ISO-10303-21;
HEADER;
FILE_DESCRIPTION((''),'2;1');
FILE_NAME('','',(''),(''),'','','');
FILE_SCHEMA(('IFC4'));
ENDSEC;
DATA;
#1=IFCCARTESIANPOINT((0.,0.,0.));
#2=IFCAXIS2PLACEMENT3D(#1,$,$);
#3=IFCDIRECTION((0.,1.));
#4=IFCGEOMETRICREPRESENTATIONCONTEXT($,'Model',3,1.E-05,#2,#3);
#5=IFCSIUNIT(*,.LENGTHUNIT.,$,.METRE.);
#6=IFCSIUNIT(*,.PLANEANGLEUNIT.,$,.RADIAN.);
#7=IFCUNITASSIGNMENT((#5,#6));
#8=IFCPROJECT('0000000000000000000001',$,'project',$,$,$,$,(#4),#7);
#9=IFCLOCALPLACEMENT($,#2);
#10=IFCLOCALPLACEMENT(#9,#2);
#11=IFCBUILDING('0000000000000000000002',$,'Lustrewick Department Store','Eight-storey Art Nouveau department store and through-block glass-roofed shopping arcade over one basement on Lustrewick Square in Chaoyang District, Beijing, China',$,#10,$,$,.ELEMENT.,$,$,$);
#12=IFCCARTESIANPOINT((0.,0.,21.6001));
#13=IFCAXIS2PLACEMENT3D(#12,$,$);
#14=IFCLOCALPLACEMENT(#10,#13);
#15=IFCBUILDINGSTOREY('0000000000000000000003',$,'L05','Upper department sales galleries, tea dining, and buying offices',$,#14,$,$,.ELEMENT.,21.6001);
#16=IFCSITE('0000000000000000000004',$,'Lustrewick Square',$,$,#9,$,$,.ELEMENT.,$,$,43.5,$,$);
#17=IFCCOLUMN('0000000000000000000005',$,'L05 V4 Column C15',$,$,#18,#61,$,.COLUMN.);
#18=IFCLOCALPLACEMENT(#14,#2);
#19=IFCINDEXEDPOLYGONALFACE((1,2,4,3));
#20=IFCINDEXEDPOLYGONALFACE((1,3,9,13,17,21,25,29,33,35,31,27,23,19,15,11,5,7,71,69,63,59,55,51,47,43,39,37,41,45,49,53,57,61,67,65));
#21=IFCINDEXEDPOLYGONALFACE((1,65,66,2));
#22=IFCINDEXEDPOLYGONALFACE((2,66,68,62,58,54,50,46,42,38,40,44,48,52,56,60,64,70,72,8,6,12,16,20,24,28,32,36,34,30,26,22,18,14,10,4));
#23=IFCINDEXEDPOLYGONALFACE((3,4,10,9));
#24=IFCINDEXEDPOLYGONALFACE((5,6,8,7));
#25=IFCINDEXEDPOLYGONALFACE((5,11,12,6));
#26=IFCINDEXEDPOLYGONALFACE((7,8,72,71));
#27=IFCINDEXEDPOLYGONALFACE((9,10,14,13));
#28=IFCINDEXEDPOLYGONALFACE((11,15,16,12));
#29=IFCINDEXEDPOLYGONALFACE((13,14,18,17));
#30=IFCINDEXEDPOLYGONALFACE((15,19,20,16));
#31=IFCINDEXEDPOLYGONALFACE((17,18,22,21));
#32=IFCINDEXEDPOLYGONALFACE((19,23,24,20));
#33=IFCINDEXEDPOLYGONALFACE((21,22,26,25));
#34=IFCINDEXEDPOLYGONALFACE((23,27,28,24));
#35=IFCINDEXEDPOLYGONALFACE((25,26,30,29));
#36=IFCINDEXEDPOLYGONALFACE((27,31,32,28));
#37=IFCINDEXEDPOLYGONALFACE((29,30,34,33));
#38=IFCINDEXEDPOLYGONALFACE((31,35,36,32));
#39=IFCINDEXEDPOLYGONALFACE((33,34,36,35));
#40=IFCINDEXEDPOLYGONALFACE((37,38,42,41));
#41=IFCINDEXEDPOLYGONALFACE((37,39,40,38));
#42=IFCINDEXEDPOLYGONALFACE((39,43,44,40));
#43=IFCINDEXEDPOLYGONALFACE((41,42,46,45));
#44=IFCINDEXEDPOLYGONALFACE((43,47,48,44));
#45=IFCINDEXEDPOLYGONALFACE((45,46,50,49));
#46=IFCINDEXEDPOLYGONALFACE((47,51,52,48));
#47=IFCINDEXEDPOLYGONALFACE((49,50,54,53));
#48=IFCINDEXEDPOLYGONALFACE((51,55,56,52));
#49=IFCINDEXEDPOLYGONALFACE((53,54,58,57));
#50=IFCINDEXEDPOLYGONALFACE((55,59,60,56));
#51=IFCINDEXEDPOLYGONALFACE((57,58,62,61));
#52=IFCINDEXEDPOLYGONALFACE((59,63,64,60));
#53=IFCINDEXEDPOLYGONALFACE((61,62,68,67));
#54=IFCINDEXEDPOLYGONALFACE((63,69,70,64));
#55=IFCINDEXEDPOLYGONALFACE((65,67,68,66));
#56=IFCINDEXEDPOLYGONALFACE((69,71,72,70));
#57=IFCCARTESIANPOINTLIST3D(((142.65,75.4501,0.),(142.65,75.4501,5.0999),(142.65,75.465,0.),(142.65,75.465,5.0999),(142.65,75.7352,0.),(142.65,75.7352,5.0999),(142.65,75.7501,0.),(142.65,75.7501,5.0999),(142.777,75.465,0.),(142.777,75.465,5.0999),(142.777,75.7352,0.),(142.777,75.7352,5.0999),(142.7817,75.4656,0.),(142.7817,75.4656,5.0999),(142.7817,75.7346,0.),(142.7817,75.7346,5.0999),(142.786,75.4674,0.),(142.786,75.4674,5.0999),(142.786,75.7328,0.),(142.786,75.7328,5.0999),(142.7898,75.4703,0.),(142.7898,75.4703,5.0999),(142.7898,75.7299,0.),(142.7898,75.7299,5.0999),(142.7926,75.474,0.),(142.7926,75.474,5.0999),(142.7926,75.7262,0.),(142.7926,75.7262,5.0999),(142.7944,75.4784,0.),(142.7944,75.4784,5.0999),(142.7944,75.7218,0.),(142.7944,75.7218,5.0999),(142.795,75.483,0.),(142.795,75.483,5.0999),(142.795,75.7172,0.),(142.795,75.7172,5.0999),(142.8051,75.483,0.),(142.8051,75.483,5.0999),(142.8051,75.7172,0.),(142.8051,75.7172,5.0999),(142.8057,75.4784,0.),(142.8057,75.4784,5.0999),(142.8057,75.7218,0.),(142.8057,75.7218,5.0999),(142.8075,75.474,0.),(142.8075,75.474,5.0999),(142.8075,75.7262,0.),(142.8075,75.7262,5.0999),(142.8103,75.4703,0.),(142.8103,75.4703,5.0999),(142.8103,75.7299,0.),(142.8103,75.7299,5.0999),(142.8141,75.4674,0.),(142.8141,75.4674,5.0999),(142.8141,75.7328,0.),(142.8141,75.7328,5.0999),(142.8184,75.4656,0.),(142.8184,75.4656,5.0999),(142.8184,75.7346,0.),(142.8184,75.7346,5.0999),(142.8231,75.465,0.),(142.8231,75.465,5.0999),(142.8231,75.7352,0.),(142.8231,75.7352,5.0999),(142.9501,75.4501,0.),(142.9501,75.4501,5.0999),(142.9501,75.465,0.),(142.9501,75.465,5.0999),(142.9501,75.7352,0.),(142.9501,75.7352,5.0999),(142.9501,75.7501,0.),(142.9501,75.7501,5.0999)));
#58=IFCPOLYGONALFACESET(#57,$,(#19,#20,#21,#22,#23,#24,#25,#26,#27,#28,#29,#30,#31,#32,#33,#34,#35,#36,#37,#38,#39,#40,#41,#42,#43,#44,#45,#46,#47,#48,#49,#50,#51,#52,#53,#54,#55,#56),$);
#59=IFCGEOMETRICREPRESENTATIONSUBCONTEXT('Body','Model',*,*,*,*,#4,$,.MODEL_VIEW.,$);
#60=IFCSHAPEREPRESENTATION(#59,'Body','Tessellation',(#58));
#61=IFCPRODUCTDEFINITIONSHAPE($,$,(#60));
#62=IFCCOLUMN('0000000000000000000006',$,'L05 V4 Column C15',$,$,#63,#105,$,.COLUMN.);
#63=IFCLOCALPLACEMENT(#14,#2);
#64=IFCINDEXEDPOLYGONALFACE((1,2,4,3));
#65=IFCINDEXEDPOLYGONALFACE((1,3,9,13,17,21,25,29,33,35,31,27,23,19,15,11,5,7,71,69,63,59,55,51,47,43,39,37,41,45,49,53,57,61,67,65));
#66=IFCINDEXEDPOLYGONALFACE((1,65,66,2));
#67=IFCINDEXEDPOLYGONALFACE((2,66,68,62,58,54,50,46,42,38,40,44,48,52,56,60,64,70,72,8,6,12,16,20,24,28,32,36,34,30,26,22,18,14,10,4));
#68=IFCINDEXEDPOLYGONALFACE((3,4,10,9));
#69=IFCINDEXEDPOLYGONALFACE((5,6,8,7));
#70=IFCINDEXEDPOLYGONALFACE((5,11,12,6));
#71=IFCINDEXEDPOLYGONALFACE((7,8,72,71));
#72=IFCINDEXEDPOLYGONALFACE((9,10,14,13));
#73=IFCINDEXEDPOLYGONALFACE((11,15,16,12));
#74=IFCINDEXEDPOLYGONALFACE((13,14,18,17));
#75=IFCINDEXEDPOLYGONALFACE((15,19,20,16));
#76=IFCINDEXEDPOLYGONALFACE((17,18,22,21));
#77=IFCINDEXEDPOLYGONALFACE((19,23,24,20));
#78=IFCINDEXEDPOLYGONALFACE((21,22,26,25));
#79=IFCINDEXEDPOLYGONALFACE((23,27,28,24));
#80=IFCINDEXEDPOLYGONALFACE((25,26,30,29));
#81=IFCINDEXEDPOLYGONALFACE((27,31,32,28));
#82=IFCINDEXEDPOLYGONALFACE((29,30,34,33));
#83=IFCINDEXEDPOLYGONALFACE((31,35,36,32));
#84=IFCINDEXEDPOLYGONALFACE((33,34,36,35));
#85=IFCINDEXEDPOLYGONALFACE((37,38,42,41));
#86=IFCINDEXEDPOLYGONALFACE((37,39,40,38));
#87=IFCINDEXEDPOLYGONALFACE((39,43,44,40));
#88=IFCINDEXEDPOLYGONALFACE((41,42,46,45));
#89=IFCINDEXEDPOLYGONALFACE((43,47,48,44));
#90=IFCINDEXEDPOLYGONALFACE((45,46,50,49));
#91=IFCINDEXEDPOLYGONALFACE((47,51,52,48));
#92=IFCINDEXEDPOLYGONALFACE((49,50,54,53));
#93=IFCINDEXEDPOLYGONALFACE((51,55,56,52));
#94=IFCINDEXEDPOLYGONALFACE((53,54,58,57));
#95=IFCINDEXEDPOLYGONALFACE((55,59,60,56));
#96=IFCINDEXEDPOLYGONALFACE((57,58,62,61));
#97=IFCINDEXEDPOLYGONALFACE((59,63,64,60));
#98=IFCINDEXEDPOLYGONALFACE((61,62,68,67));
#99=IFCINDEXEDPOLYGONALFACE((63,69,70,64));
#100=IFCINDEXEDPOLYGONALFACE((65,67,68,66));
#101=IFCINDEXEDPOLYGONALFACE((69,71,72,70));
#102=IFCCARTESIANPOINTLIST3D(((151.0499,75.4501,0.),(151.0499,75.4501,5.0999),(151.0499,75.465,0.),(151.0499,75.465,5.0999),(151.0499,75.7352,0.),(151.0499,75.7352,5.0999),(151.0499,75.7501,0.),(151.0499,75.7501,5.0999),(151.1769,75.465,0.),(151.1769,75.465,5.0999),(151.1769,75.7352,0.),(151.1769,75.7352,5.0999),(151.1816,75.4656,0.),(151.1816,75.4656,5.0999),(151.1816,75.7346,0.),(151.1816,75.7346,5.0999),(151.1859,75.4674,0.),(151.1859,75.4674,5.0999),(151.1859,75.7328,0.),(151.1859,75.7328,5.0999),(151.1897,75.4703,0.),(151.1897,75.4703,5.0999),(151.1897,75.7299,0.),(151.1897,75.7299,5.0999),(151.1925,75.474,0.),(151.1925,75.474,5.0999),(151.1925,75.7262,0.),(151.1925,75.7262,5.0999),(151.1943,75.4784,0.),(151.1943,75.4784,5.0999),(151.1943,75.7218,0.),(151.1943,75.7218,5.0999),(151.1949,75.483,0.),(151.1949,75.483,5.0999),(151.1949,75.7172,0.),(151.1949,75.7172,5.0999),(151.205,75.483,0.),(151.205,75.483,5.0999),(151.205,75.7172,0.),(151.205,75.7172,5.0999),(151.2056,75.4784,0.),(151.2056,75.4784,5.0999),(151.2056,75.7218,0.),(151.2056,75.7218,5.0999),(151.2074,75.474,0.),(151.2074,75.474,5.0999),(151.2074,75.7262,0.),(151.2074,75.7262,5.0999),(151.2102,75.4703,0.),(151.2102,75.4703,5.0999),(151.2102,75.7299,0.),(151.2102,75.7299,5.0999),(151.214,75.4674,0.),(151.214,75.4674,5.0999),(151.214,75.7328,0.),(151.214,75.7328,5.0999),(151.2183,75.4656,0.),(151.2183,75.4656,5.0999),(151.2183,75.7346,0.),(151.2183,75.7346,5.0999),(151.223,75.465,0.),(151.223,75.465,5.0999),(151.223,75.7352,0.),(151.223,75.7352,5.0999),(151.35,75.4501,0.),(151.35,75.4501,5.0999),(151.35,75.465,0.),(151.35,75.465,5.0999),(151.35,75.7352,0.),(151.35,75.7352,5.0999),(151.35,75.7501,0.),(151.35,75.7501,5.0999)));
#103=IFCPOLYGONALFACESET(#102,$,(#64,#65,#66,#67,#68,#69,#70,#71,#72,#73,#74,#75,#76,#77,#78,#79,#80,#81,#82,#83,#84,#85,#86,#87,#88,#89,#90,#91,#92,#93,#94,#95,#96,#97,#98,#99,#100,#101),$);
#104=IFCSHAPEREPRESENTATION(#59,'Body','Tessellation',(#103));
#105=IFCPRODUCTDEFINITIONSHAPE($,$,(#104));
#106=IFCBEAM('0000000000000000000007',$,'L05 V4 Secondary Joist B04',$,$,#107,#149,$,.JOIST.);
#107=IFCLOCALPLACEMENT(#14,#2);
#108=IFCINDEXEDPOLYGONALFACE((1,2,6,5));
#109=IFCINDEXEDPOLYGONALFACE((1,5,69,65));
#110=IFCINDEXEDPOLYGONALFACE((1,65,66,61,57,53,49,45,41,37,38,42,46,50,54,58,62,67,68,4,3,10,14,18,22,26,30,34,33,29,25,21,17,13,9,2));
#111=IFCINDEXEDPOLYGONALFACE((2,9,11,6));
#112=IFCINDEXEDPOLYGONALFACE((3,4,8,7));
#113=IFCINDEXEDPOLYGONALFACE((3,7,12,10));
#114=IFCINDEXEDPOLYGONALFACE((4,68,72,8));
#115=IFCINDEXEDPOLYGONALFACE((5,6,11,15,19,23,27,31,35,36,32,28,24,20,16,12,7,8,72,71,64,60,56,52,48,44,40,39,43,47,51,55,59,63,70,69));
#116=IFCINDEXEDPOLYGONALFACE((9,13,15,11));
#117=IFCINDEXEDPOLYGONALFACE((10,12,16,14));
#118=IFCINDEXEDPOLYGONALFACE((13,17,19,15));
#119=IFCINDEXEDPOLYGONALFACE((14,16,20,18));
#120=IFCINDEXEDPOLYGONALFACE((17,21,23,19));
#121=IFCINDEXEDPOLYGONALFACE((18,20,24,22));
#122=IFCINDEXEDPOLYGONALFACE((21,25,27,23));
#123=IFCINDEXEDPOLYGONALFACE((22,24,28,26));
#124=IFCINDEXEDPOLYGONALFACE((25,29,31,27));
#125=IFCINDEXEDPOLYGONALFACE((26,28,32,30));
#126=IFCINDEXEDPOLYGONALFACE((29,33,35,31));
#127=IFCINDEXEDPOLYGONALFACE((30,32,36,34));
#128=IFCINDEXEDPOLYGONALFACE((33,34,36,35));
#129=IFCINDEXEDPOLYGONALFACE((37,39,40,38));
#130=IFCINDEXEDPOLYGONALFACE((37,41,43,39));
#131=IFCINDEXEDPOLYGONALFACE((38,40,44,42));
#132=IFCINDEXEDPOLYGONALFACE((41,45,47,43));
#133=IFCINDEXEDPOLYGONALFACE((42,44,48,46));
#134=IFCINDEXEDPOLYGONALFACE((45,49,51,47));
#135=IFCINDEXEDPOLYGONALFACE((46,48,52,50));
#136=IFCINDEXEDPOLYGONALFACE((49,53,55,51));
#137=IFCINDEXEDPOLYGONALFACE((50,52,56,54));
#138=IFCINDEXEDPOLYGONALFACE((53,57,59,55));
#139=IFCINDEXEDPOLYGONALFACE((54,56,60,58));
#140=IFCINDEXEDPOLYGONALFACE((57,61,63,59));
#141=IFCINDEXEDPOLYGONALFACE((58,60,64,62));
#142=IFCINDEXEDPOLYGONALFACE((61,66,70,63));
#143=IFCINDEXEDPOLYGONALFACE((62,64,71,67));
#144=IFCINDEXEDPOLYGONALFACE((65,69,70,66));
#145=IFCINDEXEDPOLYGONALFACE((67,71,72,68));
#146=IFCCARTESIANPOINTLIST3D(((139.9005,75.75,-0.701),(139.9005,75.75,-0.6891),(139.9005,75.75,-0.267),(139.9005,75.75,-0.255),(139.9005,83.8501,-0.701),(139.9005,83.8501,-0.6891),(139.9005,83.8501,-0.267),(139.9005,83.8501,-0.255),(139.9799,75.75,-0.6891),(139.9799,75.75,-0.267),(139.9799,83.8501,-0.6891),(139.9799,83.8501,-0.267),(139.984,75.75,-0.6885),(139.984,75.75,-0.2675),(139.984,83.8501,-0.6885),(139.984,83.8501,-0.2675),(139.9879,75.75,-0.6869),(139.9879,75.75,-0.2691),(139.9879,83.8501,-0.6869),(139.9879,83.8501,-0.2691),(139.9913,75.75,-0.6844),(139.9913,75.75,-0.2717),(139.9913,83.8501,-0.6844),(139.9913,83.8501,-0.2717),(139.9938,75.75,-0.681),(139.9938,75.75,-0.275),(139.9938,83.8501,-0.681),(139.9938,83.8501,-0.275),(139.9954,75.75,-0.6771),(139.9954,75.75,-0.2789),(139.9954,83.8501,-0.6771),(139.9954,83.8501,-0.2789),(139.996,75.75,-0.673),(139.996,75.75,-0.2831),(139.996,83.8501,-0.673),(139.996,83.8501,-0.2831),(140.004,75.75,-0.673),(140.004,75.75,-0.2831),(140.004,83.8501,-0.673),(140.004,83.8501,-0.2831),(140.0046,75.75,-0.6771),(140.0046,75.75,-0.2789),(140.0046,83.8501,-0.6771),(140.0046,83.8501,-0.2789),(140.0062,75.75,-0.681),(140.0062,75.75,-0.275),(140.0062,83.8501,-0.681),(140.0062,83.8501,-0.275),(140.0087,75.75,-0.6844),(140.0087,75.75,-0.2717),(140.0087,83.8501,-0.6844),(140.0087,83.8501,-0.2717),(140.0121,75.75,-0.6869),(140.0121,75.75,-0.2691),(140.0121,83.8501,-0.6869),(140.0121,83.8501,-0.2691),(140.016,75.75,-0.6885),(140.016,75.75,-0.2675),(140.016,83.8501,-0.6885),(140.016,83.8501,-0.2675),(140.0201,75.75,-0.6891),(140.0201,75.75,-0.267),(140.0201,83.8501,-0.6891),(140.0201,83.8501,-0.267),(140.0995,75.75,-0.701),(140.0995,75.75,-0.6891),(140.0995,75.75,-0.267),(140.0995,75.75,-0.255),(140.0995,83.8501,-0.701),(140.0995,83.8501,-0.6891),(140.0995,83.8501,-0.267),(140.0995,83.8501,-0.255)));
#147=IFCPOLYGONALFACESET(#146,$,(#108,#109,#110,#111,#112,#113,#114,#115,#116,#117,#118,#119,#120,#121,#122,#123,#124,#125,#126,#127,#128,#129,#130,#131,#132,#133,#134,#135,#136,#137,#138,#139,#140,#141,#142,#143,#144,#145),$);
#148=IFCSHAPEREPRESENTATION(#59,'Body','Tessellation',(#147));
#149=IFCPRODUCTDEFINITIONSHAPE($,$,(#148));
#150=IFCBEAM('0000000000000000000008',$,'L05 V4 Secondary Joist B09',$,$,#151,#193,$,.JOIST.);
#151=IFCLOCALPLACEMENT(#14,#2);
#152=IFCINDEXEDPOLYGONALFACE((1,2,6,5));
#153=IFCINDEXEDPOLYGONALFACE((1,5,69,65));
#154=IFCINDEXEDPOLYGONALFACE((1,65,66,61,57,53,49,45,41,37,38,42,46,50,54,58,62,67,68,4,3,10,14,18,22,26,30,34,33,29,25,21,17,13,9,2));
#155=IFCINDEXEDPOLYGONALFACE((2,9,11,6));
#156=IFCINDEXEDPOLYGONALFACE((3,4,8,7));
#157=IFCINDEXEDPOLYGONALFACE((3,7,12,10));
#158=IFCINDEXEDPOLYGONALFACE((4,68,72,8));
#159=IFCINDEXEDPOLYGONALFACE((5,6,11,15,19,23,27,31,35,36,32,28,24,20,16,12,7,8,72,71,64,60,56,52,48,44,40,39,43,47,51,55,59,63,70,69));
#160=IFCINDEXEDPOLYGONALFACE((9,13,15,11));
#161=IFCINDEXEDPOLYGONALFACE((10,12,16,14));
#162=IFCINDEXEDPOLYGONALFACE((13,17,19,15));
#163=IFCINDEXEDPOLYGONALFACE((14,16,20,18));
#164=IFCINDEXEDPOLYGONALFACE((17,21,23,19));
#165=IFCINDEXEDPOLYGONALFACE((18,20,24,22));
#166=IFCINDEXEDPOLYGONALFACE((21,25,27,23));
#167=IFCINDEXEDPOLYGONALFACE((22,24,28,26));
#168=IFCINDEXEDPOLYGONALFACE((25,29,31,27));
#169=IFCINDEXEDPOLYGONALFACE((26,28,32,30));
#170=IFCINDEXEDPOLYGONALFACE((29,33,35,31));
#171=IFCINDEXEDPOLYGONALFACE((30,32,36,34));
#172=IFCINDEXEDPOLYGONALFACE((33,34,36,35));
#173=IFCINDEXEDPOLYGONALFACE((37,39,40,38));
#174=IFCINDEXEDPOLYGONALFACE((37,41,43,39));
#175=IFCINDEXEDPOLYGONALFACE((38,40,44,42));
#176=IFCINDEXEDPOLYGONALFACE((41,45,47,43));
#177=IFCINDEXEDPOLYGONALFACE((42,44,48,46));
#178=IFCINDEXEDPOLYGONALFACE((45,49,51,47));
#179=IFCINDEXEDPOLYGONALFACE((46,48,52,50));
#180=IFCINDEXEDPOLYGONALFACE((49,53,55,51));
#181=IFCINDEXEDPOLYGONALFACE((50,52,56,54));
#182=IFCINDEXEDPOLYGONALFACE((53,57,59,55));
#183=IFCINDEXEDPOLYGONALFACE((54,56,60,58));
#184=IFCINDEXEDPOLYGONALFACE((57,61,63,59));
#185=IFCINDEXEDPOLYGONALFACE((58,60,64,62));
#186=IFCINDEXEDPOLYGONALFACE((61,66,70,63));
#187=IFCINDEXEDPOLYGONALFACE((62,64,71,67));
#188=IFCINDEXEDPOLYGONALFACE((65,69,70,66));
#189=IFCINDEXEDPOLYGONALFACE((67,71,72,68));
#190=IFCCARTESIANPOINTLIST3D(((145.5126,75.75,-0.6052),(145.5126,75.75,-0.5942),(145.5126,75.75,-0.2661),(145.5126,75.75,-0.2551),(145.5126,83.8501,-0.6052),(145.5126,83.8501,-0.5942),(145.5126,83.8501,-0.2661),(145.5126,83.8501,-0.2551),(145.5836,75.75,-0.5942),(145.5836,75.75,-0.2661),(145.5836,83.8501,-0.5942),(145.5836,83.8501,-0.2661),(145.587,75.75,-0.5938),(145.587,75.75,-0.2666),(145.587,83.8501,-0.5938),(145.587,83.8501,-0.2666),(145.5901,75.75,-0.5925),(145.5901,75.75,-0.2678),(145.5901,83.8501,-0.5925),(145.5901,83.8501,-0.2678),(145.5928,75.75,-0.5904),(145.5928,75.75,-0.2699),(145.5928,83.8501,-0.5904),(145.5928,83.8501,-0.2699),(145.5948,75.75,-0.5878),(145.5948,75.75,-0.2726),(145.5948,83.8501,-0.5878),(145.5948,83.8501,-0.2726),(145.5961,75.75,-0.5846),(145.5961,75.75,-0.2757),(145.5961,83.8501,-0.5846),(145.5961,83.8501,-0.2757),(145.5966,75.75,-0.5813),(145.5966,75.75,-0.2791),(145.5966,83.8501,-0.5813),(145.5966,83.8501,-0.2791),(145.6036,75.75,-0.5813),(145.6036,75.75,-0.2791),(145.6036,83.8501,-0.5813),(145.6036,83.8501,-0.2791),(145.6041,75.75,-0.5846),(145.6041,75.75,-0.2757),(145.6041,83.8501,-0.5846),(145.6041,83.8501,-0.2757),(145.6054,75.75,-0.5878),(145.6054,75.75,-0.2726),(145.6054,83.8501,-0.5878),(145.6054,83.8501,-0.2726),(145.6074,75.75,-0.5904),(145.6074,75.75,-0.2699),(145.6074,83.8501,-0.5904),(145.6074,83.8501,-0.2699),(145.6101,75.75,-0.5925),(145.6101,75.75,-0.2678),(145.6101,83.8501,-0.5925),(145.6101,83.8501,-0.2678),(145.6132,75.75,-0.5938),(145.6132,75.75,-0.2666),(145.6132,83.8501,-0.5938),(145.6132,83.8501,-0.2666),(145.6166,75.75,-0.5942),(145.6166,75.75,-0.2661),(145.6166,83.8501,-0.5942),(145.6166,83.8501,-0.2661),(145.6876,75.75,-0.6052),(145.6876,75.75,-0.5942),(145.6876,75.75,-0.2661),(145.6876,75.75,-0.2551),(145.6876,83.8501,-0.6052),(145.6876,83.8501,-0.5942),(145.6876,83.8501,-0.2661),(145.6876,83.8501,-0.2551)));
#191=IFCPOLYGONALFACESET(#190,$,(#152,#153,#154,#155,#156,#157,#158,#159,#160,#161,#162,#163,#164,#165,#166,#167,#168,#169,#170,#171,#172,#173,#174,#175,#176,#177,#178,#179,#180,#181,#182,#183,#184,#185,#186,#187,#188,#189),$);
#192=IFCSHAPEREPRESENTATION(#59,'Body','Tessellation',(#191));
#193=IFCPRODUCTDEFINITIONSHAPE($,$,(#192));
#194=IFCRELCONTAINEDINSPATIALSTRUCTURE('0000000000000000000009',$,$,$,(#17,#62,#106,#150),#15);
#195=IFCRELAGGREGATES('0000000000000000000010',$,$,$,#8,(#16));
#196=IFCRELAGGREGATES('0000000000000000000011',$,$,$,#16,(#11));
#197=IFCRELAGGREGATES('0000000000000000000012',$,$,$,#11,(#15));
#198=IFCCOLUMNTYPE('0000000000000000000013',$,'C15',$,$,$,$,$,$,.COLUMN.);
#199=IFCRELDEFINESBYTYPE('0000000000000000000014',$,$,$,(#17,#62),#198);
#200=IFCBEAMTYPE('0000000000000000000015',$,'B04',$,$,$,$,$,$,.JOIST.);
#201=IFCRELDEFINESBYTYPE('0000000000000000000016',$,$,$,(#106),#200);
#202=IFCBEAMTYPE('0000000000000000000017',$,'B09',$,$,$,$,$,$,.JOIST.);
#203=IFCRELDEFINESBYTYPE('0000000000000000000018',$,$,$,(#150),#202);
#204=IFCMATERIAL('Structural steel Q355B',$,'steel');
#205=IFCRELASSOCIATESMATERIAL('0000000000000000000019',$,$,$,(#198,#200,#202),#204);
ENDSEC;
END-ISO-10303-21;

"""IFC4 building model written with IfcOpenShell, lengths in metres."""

from ifc_helpers import new_model, si_unit, direction, frame, origin, origin_2d, place, context, subcontext, project, spatial, i_section, extrude, material, material_profile, profile_set, type_object, element, save


model = new_model("IFC4")

# Units and contexts
model_context = context("Model", 3, precision=1e-05, world=origin(), true_north=direction((0.0, 1.0)))
body_context = subcontext(model_context, "Body", "Model", "MODEL_VIEW")
ifc_project = project(units=[si_unit("LENGTHUNIT", "METRE"), si_unit("PLANEANGLEUNIT", "RADIAN")], contexts=[model_context])

# Site, building, storey
site_placement = place(None, origin())
site = spatial("IfcSite", under=ifc_project, at=site_placement, Name="Lustrewick Square", CompositionType="ELEMENT", RefElevation=43.5)
building_placement = place(site_placement, origin())
building = spatial("IfcBuilding", under=site, at=building_placement, Name="Lustrewick Department Store", Description="Eight-storey Art Nouveau department store and through-block glass-roofed shopping arcade over one basement on Lustrewick Square in Chaoyang District, Beijing, China", CompositionType="ELEMENT")
storey_placement = place(building_placement, frame((0.0, 0.0, 21.6001)))
storey = spatial("IfcBuildingStorey", under=building, at=storey_placement, Name="L05", Description="Upper department sales galleries, tea dining, and buying offices", CompositionType="ELEMENT", Elevation=21.6001)

# Columns
ifc_material_1 = material(Name="Structural steel Q355B", Category="steel")
ifc_material_profile_1 = material_profile(ifc_material_1, i_section(OverallWidth=0.3, OverallDepth=0.3, WebThickness=0.01, FlangeThickness=0.0149, FilletRadius=0.0181, at=origin_2d()), Name="HW 300x300x10x15")
ifc_profile_set_1 = profile_set([ifc_material_profile_1], Name="Structural steel Q355B")
column_type = type_object("IfcColumnType", Name="C15", PredefinedType="COLUMN", material=ifc_profile_set_1)
for number, where, z_axis, x_axis, name in (
    (1, (142.8, 75.6001, 0.0), (0.0, 0.0, 1.0), (1.0, 0.0, 0.0), "L05 V4 Column C15"),
    (2, (151.2, 75.6001, 0.0), (0.0, 0.0, 1.0), (1.0, 0.0, 0.0), "L05 V4 Column C15"),
):
    element("IfcColumn", number, at=place(storey_placement, frame(where, z_axis=z_axis, x_axis=x_axis)), inside=storey, type_object=column_type, Name=name, PredefinedType="COLUMN", context=body_context, shape_type="SweptSolid", body=[
        extrude(i_section(OverallWidth=0.3, OverallDepth=0.3, WebThickness=0.01, FlangeThickness=0.0149, FilletRadius=0.0181, at=origin_2d()), origin(), (0.0, 0.0, 1.0), 5.0999),
    ])

# Beams
ifc_material_profile_2 = material_profile(ifc_material_1, i_section(OverallWidth=0.199, OverallDepth=0.446, WebThickness=0.0081, FlangeThickness=0.012, FilletRadius=0.0161, at=origin_2d()), Name="HN 446x199x8x12")
ifc_profile_set_2 = profile_set([ifc_material_profile_2], Name="Structural steel Q355B")
beam_type_1 = type_object("IfcBeamType", Name="B04", PredefinedType="JOIST", material=ifc_profile_set_2)
beam_1_placement = place(storey_placement, frame((140.0, 75.75, -0.478), z_axis=(0.0, 1.0, 0.0), x_axis=(-1.0, 0.0, 0.0)))
element("IfcBeam", 3, at=beam_1_placement, inside=storey, type_object=beam_type_1, Name="L05 V4 Secondary Joist B04", PredefinedType="JOIST", context=body_context, shape_type="SweptSolid", body=[
    extrude(i_section(OverallWidth=0.199, OverallDepth=0.446, WebThickness=0.0081, FlangeThickness=0.012, FilletRadius=0.0161, at=origin_2d()), origin(), (0.0, 0.0, 1.0), 8.1001),
])
ifc_material_profile_3 = material_profile(ifc_material_1, i_section(OverallWidth=0.175, OverallDepth=0.3501, WebThickness=0.0071, FlangeThickness=0.011, FilletRadius=0.0129, at=origin_2d()), Name="HN 350x175x7x11")
ifc_profile_set_3 = profile_set([ifc_material_profile_3], Name="Structural steel Q355B")
beam_type_2 = type_object("IfcBeamType", Name="B09", PredefinedType="JOIST", material=ifc_profile_set_3)
beam_2_placement = place(storey_placement, frame((145.6001, 75.75, -0.4302), z_axis=(0.0, 1.0, 0.0), x_axis=(-1.0, 0.0, 0.0)))
element("IfcBeam", 4, at=beam_2_placement, inside=storey, type_object=beam_type_2, Name="L05 V4 Secondary Joist B09", PredefinedType="JOIST", context=body_context, shape_type="SweptSolid", body=[
    extrude(i_section(OverallWidth=0.175, OverallDepth=0.3501, WebThickness=0.0071, FlangeThickness=0.011, FilletRadius=0.0129, at=origin_2d()), origin(), (0.0, 0.0, 1.0), 8.1001),
])

save(model, "model.ifc")
